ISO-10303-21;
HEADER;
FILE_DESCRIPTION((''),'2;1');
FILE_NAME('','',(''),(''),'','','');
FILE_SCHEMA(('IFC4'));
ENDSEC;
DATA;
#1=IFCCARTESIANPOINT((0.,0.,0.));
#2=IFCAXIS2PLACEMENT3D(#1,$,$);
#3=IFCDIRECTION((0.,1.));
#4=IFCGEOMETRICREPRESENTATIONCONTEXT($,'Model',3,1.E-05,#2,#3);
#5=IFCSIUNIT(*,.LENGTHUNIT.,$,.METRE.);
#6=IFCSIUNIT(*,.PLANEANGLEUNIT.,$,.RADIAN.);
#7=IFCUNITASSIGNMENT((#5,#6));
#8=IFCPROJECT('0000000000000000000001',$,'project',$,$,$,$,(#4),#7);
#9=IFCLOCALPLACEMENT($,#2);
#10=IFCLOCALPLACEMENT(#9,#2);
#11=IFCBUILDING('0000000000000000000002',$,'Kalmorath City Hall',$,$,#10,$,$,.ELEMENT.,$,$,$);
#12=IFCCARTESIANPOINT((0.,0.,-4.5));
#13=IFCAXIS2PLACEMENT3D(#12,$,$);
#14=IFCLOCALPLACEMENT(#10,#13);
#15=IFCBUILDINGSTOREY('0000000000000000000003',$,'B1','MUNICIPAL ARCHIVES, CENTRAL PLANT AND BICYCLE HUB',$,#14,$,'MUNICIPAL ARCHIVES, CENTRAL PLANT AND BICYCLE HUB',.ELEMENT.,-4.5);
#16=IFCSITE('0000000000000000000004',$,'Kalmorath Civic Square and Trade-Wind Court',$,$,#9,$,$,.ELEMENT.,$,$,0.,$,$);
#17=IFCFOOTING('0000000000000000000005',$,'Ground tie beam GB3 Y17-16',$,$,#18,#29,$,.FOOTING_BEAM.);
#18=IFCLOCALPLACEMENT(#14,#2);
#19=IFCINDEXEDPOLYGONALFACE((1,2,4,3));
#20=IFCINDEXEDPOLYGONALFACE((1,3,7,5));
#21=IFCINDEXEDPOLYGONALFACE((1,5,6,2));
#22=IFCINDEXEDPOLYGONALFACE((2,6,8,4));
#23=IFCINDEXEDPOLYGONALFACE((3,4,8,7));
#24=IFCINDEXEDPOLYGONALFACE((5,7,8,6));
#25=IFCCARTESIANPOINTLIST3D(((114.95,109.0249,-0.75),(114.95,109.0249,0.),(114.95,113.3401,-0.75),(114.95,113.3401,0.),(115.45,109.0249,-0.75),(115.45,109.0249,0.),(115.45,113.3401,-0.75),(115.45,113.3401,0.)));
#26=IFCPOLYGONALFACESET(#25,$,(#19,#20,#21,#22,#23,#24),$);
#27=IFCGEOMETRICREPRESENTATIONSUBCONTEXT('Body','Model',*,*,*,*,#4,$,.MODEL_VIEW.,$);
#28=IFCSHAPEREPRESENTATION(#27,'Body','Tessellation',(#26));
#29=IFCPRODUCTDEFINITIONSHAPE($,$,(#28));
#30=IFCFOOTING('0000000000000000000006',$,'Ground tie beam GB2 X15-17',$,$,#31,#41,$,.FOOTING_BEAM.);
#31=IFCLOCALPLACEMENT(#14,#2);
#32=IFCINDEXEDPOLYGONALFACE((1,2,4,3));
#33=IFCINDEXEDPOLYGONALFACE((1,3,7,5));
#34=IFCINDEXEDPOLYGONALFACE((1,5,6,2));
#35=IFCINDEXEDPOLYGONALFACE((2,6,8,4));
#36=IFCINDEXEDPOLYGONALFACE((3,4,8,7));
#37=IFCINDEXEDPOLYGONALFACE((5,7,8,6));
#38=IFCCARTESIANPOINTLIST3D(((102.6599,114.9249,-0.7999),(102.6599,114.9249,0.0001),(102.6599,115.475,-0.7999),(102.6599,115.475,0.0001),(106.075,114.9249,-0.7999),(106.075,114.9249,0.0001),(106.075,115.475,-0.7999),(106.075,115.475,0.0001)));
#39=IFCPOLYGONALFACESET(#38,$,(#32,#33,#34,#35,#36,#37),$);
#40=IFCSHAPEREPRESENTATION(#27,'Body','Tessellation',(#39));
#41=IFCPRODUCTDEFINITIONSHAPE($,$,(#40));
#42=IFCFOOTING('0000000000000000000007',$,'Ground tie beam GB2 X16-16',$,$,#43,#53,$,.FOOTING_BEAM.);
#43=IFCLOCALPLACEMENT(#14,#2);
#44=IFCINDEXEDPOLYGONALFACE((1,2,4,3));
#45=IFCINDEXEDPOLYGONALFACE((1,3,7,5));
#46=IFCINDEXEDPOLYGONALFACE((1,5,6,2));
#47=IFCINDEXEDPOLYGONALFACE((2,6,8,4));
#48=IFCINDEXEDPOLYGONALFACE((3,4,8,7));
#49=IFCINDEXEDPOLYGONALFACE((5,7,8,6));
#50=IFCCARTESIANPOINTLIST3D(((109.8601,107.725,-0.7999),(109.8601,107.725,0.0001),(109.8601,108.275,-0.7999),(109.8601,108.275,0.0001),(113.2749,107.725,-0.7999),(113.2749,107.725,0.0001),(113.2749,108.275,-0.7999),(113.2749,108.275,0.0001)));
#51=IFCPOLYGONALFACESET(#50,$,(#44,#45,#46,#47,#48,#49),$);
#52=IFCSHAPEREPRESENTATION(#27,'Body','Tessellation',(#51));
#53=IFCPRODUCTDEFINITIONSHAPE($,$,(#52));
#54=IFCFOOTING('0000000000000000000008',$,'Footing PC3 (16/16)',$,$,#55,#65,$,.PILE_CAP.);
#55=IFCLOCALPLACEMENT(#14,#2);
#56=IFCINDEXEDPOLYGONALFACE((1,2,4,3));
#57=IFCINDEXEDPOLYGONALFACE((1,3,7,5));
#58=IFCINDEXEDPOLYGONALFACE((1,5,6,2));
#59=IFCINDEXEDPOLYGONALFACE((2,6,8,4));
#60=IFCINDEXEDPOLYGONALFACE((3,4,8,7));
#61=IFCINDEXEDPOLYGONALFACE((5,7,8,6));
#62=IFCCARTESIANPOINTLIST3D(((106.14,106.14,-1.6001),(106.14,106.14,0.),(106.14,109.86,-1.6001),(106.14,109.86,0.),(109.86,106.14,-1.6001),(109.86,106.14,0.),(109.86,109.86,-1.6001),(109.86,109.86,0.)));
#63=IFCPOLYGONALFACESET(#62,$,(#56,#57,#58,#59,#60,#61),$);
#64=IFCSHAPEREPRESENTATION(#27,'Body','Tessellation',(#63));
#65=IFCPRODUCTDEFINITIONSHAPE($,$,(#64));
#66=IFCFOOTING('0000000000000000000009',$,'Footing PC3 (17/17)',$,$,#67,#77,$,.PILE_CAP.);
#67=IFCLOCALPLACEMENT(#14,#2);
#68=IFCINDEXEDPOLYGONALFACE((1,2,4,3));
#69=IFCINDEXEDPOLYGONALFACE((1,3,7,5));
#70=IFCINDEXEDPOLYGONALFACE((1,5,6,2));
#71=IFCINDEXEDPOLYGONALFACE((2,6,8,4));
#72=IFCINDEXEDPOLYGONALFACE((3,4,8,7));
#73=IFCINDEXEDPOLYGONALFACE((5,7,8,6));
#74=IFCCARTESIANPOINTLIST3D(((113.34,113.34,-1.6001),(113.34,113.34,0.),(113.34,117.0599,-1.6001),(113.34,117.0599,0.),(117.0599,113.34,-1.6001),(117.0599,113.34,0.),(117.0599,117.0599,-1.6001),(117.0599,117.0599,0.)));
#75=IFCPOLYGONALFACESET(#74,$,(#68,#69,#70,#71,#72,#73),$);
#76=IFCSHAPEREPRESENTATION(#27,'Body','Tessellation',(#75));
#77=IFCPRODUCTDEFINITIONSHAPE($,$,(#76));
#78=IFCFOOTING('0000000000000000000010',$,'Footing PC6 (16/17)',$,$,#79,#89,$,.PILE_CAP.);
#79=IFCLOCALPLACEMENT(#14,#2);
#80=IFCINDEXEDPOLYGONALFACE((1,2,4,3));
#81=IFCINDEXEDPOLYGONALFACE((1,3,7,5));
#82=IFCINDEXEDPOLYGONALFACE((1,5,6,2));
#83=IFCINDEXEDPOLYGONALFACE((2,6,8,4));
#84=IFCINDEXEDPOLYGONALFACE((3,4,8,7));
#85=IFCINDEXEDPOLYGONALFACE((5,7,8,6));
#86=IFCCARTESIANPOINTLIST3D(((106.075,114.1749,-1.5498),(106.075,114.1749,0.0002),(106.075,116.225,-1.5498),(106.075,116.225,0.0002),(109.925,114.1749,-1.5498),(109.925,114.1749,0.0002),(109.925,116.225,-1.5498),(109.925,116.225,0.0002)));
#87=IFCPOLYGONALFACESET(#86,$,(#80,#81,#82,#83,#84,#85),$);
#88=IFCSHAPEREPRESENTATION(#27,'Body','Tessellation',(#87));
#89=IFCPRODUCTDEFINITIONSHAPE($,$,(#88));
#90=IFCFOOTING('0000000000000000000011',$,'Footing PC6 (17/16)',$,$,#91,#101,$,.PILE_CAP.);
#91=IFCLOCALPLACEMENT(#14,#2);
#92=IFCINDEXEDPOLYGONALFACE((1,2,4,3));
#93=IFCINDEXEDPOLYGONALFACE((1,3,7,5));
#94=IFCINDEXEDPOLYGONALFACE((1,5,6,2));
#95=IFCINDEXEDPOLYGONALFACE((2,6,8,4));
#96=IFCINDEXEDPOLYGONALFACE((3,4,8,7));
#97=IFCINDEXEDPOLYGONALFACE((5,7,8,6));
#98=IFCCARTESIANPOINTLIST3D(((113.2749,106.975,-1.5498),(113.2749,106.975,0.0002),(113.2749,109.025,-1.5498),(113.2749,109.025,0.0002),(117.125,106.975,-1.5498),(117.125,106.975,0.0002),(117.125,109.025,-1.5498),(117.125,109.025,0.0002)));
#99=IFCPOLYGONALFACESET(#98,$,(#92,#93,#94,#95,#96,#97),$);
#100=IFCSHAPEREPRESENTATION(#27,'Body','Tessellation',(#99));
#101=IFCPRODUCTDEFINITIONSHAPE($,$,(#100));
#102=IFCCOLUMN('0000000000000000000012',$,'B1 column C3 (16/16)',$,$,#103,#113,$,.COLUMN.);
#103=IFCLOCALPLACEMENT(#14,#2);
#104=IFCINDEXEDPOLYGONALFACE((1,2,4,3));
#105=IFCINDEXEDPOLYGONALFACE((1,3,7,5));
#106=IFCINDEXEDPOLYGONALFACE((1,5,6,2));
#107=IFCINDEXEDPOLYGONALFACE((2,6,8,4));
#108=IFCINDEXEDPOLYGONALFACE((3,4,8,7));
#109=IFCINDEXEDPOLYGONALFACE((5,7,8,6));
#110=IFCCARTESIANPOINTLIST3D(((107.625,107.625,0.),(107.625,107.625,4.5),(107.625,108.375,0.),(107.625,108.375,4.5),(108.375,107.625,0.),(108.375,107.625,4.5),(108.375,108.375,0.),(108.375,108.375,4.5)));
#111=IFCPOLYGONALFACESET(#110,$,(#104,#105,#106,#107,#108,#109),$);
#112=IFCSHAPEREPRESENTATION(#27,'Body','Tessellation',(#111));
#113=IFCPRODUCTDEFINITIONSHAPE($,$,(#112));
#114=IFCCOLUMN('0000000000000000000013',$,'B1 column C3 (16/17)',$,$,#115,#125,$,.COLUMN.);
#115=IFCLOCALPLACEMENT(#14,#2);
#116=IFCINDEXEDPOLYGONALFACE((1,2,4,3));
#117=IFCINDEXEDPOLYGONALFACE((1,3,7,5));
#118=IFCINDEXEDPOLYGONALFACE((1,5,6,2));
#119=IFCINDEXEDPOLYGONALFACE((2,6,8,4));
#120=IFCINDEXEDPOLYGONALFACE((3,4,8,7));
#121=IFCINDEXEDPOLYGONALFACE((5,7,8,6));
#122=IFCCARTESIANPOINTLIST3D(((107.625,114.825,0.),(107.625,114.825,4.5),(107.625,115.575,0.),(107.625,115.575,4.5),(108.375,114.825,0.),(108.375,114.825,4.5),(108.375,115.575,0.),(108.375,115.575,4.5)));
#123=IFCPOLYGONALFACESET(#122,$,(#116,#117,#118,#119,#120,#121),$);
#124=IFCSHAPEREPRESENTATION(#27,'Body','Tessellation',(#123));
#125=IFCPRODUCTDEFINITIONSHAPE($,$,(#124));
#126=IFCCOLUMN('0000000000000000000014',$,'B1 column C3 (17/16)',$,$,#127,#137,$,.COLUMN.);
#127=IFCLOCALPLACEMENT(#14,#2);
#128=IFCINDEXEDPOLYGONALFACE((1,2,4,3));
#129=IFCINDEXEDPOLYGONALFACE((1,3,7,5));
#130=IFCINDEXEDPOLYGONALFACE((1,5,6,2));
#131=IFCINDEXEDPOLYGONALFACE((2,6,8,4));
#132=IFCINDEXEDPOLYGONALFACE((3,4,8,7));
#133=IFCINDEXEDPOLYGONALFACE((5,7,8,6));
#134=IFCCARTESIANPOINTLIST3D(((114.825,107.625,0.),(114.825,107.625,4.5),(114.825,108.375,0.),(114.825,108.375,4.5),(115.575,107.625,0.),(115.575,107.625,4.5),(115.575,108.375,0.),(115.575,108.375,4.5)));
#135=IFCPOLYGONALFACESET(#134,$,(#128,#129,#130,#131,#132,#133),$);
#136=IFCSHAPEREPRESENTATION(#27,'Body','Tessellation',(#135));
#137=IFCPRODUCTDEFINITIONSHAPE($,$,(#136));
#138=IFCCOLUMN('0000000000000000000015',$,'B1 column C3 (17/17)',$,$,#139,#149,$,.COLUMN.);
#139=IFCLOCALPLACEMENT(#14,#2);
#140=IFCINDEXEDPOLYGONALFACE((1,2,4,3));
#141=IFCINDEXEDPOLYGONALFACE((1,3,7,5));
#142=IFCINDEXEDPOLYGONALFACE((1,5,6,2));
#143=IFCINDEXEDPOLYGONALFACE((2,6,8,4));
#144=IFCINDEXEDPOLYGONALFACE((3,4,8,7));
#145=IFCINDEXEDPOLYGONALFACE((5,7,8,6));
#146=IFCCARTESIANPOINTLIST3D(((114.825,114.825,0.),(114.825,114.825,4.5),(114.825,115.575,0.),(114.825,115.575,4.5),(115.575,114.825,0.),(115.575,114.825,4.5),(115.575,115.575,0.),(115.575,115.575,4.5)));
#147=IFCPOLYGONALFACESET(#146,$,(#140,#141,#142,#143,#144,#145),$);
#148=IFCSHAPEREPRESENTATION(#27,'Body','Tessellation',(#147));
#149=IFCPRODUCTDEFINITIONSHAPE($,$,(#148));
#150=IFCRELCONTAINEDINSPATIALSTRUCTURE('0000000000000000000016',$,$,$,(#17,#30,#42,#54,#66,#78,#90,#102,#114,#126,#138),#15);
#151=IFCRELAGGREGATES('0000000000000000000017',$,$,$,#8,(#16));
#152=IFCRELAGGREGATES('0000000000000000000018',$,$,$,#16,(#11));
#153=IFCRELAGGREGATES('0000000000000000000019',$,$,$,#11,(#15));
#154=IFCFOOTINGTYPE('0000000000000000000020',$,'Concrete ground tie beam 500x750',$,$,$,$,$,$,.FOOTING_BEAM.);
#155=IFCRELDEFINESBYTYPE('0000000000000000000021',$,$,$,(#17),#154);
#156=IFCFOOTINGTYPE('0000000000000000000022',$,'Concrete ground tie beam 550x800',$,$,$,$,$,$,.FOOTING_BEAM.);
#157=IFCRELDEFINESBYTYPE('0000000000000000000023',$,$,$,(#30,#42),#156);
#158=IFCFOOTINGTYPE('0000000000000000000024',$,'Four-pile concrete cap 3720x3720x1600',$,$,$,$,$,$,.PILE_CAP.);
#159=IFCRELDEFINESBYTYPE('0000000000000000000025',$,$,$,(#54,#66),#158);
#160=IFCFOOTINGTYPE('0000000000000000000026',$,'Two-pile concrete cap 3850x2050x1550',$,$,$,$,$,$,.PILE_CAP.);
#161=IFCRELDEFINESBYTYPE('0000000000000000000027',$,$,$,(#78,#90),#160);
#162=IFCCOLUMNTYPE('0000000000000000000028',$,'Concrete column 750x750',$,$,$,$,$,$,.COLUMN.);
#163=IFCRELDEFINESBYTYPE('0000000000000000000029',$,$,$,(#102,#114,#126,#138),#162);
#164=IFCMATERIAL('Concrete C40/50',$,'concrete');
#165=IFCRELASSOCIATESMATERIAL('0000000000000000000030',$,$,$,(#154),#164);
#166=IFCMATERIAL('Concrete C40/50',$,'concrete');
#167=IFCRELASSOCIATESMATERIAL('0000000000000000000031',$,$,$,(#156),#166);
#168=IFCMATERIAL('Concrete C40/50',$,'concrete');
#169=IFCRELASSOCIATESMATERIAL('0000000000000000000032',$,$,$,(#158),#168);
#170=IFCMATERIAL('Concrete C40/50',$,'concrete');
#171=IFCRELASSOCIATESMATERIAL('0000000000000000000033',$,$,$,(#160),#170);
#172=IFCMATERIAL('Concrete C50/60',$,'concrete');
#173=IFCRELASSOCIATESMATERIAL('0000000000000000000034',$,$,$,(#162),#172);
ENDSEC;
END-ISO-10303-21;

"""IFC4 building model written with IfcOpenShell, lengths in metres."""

from ifc_helpers import new_model, si_unit, direction, frame, origin, origin_2d, place, context, subcontext, project, spatial, rectangle, extrude, material, material_profile, profile_set, type_object, element, save


model = new_model("IFC4")

# Units and contexts
model_context = context("Model", 3, precision=1e-05, world=origin(), true_north=direction((0.0, 1.0)))
body_context = subcontext(model_context, "Body", "Model", "MODEL_VIEW")
ifc_project = project(units=[si_unit("LENGTHUNIT", "METRE"), si_unit("PLANEANGLEUNIT", "RADIAN")], contexts=[model_context])

# Site, building, storey
site_placement = place(None, origin())
site = spatial("IfcSite", under=ifc_project, at=site_placement, Name="Kalmorath Civic Square and Trade-Wind Court", CompositionType="ELEMENT", RefElevation=0.0)
building_placement = place(site_placement, origin())
building = spatial("IfcBuilding", under=site, at=building_placement, Name="Kalmorath City Hall", CompositionType="ELEMENT")
storey_placement = place(building_placement, frame((0.0, 0.0, -4.5)))
storey = spatial("IfcBuildingStorey", under=building, at=storey_placement, Name="B1", Description="MUNICIPAL ARCHIVES, CENTRAL PLANT AND BICYCLE HUB", LongName="MUNICIPAL ARCHIVES, CENTRAL PLANT AND BICYCLE HUB", CompositionType="ELEMENT", Elevation=-4.5)

# Footings
ifc_material_1 = material(Name="Concrete C40/50", Category="concrete")
ifc_material_profile_1 = material_profile(ifc_material_1, rectangle(XDim=0.5, YDim=0.75, at=origin_2d()), Name="RC-BM-500X750")
ifc_profile_set_1 = profile_set([ifc_material_profile_1], Name="Concrete C40/50")
footing_type_1 = type_object("IfcFootingType", Name="Concrete ground tie beam 500x750", PredefinedType="FOOTING_BEAM", material=ifc_profile_set_1)
for number, where, z_axis, x_axis, name in (
    (1, (115.2, 109.0249, -0.375), (0.0, 1.0, 0.0), (-1.0, 0.0, 0.0), "Ground tie beam GB3 Y17-16"),
):
    element("IfcFooting", number, at=place(storey_placement, frame(where, z_axis=z_axis, x_axis=x_axis)), inside=storey, type_object=footing_type_1, Name=name, PredefinedType="FOOTING_BEAM", context=body_context, shape_type="SweptSolid", body=[
        extrude(rectangle(XDim=0.5, YDim=0.75, at=origin_2d()), origin(), (0.0, 0.0, 1.0), 4.3152),
    ])
ifc_material_2 = material(Name="Concrete C40/50", Category="concrete")
ifc_material_profile_2 = material_profile(ifc_material_2, rectangle(XDim=0.55, YDim=0.8, at=origin_2d()), Name="RC-BM-550X800")
ifc_profile_set_2 = profile_set([ifc_material_profile_2], Name="Concrete C40/50")
footing_type_2 = type_object("IfcFootingType", Name="Concrete ground tie beam 550x800", PredefinedType="FOOTING_BEAM", material=ifc_profile_set_2)
footing_1_placement = place(storey_placement, frame((102.6599, 115.2, -0.3999), z_axis=(1.0, 0.0, 0.0), x_axis=(0.0, 1.0, 0.0)))
element("IfcFooting", 2, at=footing_1_placement, inside=storey, type_object=footing_type_2, Name="Ground tie beam GB2 X15-17", PredefinedType="FOOTING_BEAM", context=body_context, shape_type="SweptSolid", body=[
    extrude(rectangle(XDim=0.55, YDim=0.8, at=origin_2d()), origin(), (0.0, 0.0, 1.0), 3.415),
])
footing_2_placement = place(storey_placement, frame((109.8601, 108.0, -0.3999), z_axis=(1.0, 0.0, 0.0), x_axis=(0.0, 1.0, 0.0)))
element("IfcFooting", 3, at=footing_2_placement, inside=storey, type_object=footing_type_2, Name="Ground tie beam GB2 X16-16", PredefinedType="FOOTING_BEAM", context=body_context, shape_type="SweptSolid", body=[
    extrude(rectangle(XDim=0.55, YDim=0.8, at=origin_2d()), origin(), (0.0, 0.0, 1.0), 3.4148),
])
ifc_material_3 = material(Name="Concrete C40/50", Category="concrete")
footing_type_3 = type_object("IfcFootingType", Name="Four-pile concrete cap 3720x3720x1600", PredefinedType="PILE_CAP", material=ifc_material_3)
for number, where, z_axis, x_axis, name in (
    (4, (108.0, 108.0, -1.6001), (0.0, 0.0, 1.0), (1.0, 0.0, 0.0), "Footing PC3 (16/16)"),
    (5, (115.2, 115.2, -1.6001), (0.0, 0.0, 1.0), (1.0, 0.0, 0.0), "Footing PC3 (17/17)"),
):
    element("IfcFooting", number, at=place(storey_placement, frame(where, z_axis=z_axis, x_axis=x_axis)), inside=storey, type_object=footing_type_3, Name=name, PredefinedType="PILE_CAP", context=body_context, shape_type="SweptSolid", body=[
        extrude(rectangle(XDim=3.72, YDim=3.72, at=origin_2d()), origin(), (0.0, 0.0, 1.0), 1.6001),
    ])
ifc_material_4 = material(Name="Concrete C40/50", Category="concrete")
footing_type_4 = type_object("IfcFootingType", Name="Two-pile concrete cap 3850x2050x1550", PredefinedType="PILE_CAP", material=ifc_material_4)
for number, where, z_axis, x_axis, name in (
    (6, (108.0, 115.2, -1.5498), (0.0, 0.0, 1.0), (1.0, 0.0, 0.0), "Footing PC6 (16/17)"),
    (7, (115.2, 108.0, -1.5498), (0.0, 0.0, 1.0), (1.0, 0.0, 0.0), "Footing PC6 (17/16)"),
):
    element("IfcFooting", number, at=place(storey_placement, frame(where, z_axis=z_axis, x_axis=x_axis)), inside=storey, type_object=footing_type_4, Name=name, PredefinedType="PILE_CAP", context=body_context, shape_type="SweptSolid", body=[
        extrude(rectangle(XDim=3.8501, YDim=2.05, at=origin_2d()), origin(), (0.0, 0.0, 1.0), 1.55),
    ])

# Columns
ifc_material_5 = material(Name="Concrete C50/60", Category="concrete")
ifc_material_profile_3 = material_profile(ifc_material_5, rectangle(XDim=0.75, YDim=0.75, at=origin_2d()), Name="RC-COL-750X750")
ifc_profile_set_3 = profile_set([ifc_material_profile_3], Name="Concrete C50/60")
column_type = type_object("IfcColumnType", Name="Concrete column 750x750", PredefinedType="COLUMN", material=ifc_profile_set_3)
for number, where, z_axis, x_axis, name in (
    (8, (108.0, 108.0, 0.0), (0.0, 0.0, 1.0), (1.0, 0.0, 0.0), "B1 column C3 (16/16)"),
    (9, (108.0, 115.2, 0.0), (0.0, 0.0, 1.0), (1.0, 0.0, 0.0), "B1 column C3 (16/17)"),
    (10, (115.2, 108.0, 0.0), (0.0, 0.0, 1.0), (1.0, 0.0, 0.0), "B1 column C3 (17/16)"),
    (11, (115.2, 115.2, 0.0), (0.0, 0.0, 1.0), (1.0, 0.0, 0.0), "B1 column C3 (17/17)"),
):
    element("IfcColumn", number, at=place(storey_placement, frame(where, z_axis=z_axis, x_axis=x_axis)), inside=storey, type_object=column_type, Name=name, PredefinedType="COLUMN", context=body_context, shape_type="SweptSolid", body=[
        extrude(rectangle(XDim=0.75, YDim=0.75, at=origin_2d()), origin(), (0.0, 0.0, 1.0), 4.5),
    ])

save(model, "model.ifc")
